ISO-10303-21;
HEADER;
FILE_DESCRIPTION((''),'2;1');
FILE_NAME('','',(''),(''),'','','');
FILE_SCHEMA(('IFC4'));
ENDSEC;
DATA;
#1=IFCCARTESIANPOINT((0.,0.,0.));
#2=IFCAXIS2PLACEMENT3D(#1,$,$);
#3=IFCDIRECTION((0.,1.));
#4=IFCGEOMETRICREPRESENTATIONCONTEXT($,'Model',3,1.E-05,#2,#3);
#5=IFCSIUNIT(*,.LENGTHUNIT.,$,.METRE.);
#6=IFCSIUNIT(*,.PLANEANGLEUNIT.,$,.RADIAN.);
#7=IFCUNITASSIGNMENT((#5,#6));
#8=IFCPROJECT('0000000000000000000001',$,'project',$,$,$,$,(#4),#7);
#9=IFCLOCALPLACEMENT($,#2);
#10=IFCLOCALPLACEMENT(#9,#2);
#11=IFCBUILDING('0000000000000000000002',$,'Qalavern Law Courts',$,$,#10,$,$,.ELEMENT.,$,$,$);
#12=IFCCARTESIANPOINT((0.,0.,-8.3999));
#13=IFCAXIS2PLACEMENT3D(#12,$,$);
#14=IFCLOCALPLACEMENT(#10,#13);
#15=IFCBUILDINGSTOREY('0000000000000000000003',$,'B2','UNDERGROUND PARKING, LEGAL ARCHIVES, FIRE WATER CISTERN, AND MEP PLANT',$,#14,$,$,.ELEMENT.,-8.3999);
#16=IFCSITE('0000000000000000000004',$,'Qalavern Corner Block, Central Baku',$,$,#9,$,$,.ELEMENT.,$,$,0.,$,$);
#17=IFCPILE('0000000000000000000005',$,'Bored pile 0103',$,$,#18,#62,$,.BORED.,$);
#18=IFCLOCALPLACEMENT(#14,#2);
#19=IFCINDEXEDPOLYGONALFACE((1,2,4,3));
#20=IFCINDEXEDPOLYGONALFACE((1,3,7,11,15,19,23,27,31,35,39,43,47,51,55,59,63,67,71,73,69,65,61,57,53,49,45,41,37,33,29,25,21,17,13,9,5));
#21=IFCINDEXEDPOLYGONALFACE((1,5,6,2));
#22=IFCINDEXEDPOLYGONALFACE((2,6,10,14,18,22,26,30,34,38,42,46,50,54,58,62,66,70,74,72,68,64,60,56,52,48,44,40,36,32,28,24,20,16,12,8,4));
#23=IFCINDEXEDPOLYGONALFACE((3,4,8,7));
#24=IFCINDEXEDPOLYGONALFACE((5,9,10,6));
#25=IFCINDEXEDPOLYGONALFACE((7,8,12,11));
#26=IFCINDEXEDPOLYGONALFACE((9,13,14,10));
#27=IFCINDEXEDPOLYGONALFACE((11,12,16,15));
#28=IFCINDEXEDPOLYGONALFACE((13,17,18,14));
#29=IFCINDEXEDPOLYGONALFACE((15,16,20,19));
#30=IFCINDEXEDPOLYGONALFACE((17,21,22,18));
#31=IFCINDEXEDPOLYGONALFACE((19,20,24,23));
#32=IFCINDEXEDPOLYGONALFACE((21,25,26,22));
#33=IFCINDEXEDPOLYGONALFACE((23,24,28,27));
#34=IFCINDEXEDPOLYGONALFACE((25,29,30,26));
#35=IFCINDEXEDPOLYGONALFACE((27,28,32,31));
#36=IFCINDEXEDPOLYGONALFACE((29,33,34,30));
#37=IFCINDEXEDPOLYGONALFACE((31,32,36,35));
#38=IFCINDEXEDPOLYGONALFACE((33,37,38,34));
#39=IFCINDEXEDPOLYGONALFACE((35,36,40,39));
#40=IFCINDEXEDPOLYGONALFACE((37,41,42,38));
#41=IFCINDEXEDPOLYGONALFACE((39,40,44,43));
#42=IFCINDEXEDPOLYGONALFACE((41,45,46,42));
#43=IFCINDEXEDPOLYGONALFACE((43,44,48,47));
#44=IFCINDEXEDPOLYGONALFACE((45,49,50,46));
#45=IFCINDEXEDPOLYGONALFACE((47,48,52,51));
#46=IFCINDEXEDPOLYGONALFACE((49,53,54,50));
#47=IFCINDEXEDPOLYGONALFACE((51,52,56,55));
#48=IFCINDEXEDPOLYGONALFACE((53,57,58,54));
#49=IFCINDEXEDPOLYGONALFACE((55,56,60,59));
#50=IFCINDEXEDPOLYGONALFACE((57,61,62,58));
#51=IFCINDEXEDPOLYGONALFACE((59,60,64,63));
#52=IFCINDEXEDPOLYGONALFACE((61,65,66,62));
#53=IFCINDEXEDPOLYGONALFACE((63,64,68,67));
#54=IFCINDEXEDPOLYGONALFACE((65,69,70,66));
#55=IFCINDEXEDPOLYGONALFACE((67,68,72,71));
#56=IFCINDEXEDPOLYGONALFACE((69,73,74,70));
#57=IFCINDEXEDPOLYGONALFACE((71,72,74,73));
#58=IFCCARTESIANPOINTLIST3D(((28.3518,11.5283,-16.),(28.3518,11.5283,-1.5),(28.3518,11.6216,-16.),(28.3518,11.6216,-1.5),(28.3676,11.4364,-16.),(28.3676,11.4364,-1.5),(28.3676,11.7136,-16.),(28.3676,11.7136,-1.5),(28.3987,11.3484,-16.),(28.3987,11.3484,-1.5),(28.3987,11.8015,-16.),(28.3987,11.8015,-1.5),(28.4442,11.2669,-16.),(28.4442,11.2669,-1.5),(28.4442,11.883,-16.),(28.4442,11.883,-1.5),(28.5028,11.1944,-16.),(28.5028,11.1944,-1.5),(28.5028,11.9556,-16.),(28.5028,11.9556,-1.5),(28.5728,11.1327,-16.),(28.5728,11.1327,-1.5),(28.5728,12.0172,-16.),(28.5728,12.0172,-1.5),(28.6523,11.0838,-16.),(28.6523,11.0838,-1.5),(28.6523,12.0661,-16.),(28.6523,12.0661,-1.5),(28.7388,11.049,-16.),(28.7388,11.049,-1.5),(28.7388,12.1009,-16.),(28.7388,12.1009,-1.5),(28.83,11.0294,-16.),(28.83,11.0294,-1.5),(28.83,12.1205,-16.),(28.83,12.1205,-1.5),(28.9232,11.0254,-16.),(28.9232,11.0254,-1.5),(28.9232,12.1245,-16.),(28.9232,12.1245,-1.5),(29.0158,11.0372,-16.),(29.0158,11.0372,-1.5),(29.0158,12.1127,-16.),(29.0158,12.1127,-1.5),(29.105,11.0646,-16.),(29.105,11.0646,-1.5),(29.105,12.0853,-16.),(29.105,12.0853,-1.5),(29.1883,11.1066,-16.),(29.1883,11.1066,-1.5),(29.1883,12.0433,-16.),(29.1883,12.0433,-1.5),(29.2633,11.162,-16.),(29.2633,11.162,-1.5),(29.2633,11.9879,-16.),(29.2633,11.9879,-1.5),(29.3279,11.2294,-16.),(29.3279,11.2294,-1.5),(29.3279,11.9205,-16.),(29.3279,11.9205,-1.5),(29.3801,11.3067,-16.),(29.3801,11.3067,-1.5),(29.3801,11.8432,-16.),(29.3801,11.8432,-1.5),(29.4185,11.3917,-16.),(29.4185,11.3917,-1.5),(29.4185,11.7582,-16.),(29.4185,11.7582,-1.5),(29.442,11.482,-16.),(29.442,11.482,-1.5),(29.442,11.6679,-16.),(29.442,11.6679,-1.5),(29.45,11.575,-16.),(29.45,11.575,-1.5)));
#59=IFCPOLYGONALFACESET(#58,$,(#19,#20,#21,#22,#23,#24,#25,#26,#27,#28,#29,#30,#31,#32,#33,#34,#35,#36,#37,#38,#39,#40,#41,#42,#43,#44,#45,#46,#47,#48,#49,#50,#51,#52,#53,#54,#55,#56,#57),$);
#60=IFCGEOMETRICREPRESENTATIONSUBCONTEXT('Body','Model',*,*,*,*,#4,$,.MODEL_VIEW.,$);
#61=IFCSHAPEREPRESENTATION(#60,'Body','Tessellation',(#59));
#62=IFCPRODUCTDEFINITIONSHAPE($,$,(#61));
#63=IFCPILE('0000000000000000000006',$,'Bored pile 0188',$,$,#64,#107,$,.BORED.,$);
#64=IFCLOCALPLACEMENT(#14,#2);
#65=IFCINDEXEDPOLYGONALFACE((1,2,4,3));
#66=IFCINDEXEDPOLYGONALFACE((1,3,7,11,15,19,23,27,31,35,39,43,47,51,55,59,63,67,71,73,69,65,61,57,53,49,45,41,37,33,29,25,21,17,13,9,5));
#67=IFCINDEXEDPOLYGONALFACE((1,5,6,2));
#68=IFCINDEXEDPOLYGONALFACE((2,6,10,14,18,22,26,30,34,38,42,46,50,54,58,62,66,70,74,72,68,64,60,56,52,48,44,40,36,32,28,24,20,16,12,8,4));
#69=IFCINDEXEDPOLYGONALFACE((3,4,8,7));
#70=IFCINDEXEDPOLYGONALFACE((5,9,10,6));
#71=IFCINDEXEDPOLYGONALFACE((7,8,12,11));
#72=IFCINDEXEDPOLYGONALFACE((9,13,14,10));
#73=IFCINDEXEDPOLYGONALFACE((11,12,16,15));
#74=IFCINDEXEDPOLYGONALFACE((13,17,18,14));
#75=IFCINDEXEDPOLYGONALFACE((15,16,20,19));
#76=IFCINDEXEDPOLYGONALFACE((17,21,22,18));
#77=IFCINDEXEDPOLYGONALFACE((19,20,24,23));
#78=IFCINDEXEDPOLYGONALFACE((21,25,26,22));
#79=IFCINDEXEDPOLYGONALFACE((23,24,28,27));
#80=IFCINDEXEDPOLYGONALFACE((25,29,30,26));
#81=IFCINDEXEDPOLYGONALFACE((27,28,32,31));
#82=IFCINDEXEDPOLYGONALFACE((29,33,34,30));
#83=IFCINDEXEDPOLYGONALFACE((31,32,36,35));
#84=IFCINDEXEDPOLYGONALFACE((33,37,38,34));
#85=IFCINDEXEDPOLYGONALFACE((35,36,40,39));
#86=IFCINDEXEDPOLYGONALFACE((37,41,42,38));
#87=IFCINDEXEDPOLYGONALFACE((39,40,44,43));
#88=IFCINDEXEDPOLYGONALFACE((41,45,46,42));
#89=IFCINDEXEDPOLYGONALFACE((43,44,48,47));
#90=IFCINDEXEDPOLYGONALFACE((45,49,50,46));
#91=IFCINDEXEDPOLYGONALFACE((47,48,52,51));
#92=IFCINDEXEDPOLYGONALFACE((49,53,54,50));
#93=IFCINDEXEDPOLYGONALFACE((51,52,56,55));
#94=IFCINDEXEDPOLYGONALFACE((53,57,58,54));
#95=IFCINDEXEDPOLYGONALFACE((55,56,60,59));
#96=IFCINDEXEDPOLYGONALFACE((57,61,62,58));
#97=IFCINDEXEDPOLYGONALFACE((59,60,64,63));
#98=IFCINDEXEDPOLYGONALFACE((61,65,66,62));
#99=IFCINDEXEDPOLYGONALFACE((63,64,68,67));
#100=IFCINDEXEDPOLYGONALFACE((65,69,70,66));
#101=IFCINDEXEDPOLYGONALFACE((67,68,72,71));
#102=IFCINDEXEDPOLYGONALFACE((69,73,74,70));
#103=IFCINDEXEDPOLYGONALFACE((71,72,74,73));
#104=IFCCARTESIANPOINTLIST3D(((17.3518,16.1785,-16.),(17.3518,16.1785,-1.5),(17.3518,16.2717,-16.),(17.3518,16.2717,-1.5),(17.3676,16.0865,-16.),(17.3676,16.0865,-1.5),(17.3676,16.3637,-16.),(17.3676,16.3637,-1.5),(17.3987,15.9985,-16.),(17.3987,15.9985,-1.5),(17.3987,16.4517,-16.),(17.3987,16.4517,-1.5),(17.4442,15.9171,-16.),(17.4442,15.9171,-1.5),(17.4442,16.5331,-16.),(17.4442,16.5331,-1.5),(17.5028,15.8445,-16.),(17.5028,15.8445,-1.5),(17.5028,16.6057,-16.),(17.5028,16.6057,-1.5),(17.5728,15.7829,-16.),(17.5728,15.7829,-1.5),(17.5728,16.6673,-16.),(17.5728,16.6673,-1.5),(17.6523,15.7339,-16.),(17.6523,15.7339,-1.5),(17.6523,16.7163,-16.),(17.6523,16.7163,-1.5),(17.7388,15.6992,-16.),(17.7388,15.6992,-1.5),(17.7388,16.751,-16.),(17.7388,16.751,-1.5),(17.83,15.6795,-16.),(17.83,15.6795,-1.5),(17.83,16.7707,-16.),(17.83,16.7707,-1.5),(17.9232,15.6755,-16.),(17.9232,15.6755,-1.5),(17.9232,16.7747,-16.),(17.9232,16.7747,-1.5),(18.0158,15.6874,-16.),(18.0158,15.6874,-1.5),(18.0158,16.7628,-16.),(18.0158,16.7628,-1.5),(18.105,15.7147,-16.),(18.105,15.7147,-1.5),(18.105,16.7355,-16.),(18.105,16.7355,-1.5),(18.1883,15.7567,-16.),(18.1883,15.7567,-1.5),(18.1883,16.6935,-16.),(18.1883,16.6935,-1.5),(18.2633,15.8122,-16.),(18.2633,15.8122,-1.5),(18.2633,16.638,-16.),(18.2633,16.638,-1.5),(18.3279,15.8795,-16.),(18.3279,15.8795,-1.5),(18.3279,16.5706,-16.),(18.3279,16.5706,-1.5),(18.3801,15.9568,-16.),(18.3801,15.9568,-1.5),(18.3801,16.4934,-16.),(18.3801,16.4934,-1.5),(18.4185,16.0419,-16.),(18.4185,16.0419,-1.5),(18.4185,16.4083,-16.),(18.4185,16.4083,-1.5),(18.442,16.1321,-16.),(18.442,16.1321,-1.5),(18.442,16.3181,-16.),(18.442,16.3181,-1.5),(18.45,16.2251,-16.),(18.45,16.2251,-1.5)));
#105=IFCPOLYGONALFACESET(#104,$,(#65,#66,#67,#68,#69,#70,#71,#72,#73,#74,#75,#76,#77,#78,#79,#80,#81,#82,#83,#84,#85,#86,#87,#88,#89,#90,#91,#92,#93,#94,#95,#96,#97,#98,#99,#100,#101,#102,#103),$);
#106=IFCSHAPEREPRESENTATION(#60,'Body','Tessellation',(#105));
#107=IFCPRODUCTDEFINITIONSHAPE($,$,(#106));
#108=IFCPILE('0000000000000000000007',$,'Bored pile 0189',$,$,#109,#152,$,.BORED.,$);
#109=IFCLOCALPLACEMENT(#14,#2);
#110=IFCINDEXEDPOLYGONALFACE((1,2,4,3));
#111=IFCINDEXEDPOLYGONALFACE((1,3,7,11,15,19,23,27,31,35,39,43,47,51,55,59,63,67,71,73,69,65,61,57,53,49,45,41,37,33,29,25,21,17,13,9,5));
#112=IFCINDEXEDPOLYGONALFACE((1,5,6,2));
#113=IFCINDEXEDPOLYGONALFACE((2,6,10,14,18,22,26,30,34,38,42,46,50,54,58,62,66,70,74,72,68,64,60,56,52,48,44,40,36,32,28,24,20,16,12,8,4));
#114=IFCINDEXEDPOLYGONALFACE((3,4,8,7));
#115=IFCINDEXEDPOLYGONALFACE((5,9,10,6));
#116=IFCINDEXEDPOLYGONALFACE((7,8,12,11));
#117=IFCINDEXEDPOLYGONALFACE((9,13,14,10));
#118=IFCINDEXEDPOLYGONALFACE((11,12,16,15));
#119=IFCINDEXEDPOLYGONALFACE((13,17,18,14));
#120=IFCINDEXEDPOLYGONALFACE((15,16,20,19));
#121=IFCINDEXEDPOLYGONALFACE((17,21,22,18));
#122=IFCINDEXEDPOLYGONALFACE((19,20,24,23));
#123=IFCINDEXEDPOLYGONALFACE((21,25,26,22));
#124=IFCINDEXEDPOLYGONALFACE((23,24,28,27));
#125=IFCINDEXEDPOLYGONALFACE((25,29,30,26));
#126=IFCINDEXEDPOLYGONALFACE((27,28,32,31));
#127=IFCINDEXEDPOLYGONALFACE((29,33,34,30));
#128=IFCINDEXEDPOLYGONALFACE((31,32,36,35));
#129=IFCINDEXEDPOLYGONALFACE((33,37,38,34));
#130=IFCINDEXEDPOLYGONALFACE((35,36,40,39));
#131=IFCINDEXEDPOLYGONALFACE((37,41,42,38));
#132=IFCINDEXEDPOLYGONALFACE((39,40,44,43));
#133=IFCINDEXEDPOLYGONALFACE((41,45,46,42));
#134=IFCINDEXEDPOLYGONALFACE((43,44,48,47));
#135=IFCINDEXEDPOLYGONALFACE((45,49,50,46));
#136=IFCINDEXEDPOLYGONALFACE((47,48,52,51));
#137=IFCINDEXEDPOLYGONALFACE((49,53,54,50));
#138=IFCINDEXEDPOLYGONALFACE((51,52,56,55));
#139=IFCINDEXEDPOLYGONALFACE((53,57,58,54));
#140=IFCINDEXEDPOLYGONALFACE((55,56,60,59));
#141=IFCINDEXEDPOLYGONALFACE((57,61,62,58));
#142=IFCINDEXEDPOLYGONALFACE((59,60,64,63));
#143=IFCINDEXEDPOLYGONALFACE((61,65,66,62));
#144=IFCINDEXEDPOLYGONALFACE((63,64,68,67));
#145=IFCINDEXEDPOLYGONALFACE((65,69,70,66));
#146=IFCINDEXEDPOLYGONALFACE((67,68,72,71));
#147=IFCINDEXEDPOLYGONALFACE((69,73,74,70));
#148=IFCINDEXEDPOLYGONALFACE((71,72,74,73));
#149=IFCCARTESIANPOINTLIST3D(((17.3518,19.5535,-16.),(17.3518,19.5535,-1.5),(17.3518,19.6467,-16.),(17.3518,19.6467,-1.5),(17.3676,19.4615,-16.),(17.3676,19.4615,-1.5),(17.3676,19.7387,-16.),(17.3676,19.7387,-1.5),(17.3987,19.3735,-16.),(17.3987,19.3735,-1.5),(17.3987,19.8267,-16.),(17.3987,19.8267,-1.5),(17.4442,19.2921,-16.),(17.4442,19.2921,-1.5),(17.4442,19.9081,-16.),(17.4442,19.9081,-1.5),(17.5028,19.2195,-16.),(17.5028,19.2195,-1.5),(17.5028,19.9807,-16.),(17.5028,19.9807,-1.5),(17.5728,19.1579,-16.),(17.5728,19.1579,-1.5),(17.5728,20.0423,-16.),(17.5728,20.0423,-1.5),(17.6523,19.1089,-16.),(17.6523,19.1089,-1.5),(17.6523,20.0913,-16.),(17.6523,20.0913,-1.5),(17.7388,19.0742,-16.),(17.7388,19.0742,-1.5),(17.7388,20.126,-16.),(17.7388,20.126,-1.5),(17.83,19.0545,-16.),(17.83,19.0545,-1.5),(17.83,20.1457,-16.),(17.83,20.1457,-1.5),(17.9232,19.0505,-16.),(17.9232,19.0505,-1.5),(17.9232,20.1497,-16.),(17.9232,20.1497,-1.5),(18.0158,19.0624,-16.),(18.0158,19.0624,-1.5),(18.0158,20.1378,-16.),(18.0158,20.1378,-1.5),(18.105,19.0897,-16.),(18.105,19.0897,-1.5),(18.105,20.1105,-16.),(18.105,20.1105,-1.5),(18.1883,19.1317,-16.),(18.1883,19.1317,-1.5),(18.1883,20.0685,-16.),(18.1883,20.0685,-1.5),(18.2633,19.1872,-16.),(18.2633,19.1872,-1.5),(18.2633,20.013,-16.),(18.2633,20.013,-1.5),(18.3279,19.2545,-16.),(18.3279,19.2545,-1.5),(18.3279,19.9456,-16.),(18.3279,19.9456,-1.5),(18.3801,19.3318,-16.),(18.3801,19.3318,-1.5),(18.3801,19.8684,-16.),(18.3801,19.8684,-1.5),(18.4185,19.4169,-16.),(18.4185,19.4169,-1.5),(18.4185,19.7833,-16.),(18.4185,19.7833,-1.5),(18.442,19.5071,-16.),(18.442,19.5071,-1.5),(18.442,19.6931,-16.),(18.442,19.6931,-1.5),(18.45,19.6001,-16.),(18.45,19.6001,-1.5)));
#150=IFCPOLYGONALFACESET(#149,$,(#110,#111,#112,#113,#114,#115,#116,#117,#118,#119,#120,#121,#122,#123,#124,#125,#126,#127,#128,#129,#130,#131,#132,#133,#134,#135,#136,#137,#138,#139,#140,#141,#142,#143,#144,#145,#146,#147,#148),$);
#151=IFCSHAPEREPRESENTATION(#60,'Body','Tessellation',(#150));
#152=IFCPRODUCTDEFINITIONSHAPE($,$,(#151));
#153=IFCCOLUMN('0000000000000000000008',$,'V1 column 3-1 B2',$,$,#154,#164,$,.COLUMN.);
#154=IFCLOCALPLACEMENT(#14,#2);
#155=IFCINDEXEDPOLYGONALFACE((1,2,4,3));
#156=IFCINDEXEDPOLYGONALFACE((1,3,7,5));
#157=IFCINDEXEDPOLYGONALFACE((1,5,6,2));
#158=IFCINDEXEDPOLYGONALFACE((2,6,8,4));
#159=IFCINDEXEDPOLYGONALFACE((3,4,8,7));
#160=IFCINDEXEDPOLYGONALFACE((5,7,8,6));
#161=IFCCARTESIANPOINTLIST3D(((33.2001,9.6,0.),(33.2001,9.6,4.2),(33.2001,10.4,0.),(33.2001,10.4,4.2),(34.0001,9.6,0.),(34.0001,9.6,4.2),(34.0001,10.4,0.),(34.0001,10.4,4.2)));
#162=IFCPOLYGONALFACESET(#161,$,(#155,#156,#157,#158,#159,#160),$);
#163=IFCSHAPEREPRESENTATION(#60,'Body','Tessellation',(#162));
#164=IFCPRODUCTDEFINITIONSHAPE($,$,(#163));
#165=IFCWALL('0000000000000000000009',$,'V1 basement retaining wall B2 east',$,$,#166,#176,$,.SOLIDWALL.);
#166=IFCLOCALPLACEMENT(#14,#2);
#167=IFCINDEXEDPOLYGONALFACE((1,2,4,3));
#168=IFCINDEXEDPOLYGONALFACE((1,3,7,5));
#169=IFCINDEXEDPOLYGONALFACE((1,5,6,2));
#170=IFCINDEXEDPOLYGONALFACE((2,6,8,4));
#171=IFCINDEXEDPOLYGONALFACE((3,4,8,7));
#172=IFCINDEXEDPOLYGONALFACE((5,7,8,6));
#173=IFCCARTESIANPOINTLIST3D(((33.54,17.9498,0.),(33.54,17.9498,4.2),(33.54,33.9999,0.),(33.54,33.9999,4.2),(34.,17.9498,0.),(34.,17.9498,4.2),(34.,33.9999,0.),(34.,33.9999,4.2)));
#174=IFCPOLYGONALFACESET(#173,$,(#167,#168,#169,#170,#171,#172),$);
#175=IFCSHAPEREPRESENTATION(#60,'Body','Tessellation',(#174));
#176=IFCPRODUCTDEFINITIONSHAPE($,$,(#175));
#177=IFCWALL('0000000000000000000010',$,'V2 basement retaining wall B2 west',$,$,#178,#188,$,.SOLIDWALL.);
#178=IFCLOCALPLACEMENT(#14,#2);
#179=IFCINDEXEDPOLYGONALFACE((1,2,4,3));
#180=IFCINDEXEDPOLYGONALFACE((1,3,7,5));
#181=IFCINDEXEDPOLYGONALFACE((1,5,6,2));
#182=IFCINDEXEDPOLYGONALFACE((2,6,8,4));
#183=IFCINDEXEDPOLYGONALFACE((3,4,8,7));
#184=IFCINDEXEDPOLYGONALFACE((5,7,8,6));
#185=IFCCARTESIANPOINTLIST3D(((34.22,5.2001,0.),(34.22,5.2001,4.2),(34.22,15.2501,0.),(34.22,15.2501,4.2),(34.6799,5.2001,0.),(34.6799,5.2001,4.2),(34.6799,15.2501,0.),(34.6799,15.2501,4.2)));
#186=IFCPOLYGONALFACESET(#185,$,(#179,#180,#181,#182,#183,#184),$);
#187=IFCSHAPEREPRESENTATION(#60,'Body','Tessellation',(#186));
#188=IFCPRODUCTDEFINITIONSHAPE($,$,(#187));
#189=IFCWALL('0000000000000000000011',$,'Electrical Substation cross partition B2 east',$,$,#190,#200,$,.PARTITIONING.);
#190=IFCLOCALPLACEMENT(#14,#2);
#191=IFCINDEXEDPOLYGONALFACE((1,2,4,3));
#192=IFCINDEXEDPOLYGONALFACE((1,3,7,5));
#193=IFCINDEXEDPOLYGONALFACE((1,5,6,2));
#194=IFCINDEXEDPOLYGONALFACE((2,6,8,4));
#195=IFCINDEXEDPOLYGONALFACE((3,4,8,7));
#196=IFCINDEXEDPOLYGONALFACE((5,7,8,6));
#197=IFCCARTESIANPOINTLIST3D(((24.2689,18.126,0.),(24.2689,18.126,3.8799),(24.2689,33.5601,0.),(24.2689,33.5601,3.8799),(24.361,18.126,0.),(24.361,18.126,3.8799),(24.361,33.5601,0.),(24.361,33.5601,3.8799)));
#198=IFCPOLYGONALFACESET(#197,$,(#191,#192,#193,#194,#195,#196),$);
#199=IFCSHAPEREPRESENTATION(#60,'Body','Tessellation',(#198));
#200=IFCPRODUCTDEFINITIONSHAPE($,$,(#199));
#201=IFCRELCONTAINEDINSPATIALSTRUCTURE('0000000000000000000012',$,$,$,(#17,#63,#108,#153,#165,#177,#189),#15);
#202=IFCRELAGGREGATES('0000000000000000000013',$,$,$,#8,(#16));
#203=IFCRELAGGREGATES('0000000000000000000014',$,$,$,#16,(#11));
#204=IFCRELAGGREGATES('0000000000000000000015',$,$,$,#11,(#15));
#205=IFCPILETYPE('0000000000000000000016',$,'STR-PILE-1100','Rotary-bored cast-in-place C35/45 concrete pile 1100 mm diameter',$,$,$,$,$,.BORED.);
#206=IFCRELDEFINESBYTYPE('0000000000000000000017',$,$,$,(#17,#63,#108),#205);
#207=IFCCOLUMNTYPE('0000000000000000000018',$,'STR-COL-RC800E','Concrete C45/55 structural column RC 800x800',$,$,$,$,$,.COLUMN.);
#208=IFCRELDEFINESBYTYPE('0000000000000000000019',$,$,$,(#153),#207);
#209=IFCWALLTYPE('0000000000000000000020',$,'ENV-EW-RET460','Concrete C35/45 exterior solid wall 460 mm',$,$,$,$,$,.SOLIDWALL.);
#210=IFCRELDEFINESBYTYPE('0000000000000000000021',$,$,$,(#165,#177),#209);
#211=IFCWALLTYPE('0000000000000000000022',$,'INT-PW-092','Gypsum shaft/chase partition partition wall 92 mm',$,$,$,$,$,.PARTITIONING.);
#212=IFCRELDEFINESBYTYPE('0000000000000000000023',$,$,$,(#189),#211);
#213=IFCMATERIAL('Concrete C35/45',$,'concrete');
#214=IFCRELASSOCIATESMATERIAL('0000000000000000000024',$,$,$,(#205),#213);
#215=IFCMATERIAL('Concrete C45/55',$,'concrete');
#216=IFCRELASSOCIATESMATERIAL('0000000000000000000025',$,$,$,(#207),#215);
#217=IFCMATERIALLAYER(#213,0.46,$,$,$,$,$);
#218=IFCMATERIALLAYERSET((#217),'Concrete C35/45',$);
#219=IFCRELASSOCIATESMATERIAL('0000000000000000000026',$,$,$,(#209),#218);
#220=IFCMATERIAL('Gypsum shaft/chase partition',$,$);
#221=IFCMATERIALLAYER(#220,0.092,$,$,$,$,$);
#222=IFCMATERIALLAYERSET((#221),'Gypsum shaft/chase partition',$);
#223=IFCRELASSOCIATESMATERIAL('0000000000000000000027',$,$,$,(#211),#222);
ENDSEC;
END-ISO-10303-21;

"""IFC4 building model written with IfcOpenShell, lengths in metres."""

from ifc_helpers import new_model, si_unit, direction, frame, frame_2d, origin, origin_2d, place, context, subcontext, project, spatial, rectangle, circle, extrude, material, layer, layer_set, material_profile, profile_set, type_object, element, save


model = new_model("IFC4")

# Units and contexts
model_context = context("Model", 3, precision=1e-05, world=origin(), true_north=direction((0.0, 1.0)))
body_context = subcontext(model_context, "Body", "Model", "MODEL_VIEW")
ifc_project = project(units=[si_unit("LENGTHUNIT", "METRE"), si_unit("PLANEANGLEUNIT", "RADIAN")], contexts=[model_context])

# Site, building, storey
site_placement = place(None, origin())
site = spatial("IfcSite", under=ifc_project, at=site_placement, Name="Qalavern Corner Block, Central Baku", CompositionType="ELEMENT", RefElevation=0.0)
building_placement = place(site_placement, origin())
building = spatial("IfcBuilding", under=site, at=building_placement, Name="Qalavern Law Courts", CompositionType="ELEMENT")
storey_placement = place(building_placement, frame((0.0, 0.0, -8.3999)))
storey = spatial("IfcBuildingStorey", under=building, at=storey_placement, Name="B2", Description="UNDERGROUND PARKING, LEGAL ARCHIVES, FIRE WATER CISTERN, AND MEP PLANT", CompositionType="ELEMENT", Elevation=-8.3999)

# Shared definitions
ifc_material_1 = material(Name="Concrete C35/45", Category="concrete")

# Piles
ifc_material_profile_1 = material_profile(ifc_material_1, circle(Radius=0.55, at=origin_2d()), Name="BORED PILE 1100")
ifc_profile_set_1 = profile_set([ifc_material_profile_1], Name="Concrete C35/45")
pile_type_1 = type_object("IfcPileType", Name="STR-PILE-1100", Description="Rotary-bored cast-in-place C35/45 concrete pile 1100 mm diameter", PredefinedType="BORED", material=ifc_profile_set_1)
for number, where, z_axis, x_axis, name in (
    (1, (28.8999, 11.575, -1.5), (0.0, 0.0, -1.0), (1.0, 0.0, 0.0), "Bored pile 0103"),
    (2, (17.8999, 16.2251, -1.5), (0.0, 0.0, -1.0), (1.0, 0.0, 0.0), "Bored pile 0188"),
    (3, (17.8999, 19.6001, -1.5), (0.0, 0.0, -1.0), (1.0, 0.0, 0.0), "Bored pile 0189"),
):
    element("IfcPile", number, at=place(storey_placement, frame(where, z_axis=z_axis, x_axis=x_axis)), inside=storey, type_object=pile_type_1, Name=name, PredefinedType="BORED", context=body_context, shape_type="SweptSolid", body=[
        extrude(circle(Radius=0.55, at=origin_2d()), origin(), (0.0, 0.0, 1.0), 14.5),
    ])

# Column
ifc_material_2 = material(Name="Concrete C45/55", Category="concrete")
ifc_material_profile_2 = material_profile(ifc_material_2, rectangle(XDim=0.8, YDim=0.8, at=origin_2d()), Name="RC 800x800")
ifc_profile_set_2 = profile_set([ifc_material_profile_2], Name="Concrete C45/55")
column_type = type_object("IfcColumnType", Name="STR-COL-RC800E", Description="Concrete C45/55 structural column RC 800x800", PredefinedType="COLUMN", material=ifc_profile_set_2)
column_placement = place(storey_placement, frame((33.6001, 10.0, 0.0), z_axis=(0.0, 0.0, 1.0), x_axis=(1.0, 0.0, 0.0)))
element("IfcColumn", 4, at=column_placement, inside=storey, type_object=column_type, Name="V1 column 3-1 B2", PredefinedType="COLUMN", context=body_context, shape_type="SweptSolid", body=[
    extrude(rectangle(XDim=0.8, YDim=0.8, at=origin_2d()), origin(), (0.0, 0.0, 1.0), 4.2),
])

# Walls
ifc_layer_1 = layer(ifc_material_1, 0.46)
ifc_layer_set_1 = layer_set([ifc_layer_1], Name="Concrete C35/45")
wall_type_1 = type_object("IfcWallType", Name="ENV-EW-RET460", Description="Concrete C35/45 exterior solid wall 460 mm", PredefinedType="SOLIDWALL", material=ifc_layer_set_1)
wall_1_placement = place(storey_placement, frame((33.77, 17.95, 0.0), z_axis=(0.0, 0.0, 1.0), x_axis=(0.0, 1.0, 0.0)))
element("IfcWall", 5, at=wall_1_placement, inside=storey, type_object=wall_type_1, Name="V1 basement retaining wall B2 east", PredefinedType="SOLIDWALL", context=body_context, shape_type="SweptSolid", body=[
    extrude(rectangle(XDim=16.05, YDim=0.46, at=frame_2d((8.0249, 0.0))), origin(), (0.0, 0.0, 1.0), 4.2),
])
wall_2_placement = place(storey_placement, frame((34.45, 15.25, 0.0), z_axis=(0.0, 0.0, 1.0), x_axis=(0.0, -1.0, 0.0)))
element("IfcWall", 6, at=wall_2_placement, inside=storey, type_object=wall_type_1, Name="V2 basement retaining wall B2 west", PredefinedType="SOLIDWALL", context=body_context, shape_type="SweptSolid", body=[
    extrude(rectangle(XDim=10.05, YDim=0.46, at=frame_2d((5.0249, 0.0))), origin(), (0.0, 0.0, 1.0), 4.2),
])
ifc_material_3 = material(Name="Gypsum shaft/chase partition")
ifc_layer_2 = layer(ifc_material_3, 0.092)
ifc_layer_set_2 = layer_set([ifc_layer_2], Name="Gypsum shaft/chase partition")
wall_type_2 = type_object("IfcWallType", Name="INT-PW-092", Description="Gypsum shaft/chase partition partition wall 92 mm", PredefinedType="PARTITIONING", material=ifc_layer_set_2)
wall_3_placement = place(storey_placement, frame((24.3149, 18.126, 0.0), z_axis=(0.0, 0.0, 1.0), x_axis=(0.0, 1.0, 0.0)))
element("IfcWall", 7, at=wall_3_placement, inside=storey, type_object=wall_type_2, Name="Electrical Substation cross partition B2 east", PredefinedType="PARTITIONING", context=body_context, shape_type="SweptSolid", body=[
    extrude(rectangle(XDim=15.4341, YDim=0.092, at=frame_2d((7.717, 0.0))), origin(), (0.0, 0.0, 1.0), 3.8799),
])

save(model, "model.ifc")
